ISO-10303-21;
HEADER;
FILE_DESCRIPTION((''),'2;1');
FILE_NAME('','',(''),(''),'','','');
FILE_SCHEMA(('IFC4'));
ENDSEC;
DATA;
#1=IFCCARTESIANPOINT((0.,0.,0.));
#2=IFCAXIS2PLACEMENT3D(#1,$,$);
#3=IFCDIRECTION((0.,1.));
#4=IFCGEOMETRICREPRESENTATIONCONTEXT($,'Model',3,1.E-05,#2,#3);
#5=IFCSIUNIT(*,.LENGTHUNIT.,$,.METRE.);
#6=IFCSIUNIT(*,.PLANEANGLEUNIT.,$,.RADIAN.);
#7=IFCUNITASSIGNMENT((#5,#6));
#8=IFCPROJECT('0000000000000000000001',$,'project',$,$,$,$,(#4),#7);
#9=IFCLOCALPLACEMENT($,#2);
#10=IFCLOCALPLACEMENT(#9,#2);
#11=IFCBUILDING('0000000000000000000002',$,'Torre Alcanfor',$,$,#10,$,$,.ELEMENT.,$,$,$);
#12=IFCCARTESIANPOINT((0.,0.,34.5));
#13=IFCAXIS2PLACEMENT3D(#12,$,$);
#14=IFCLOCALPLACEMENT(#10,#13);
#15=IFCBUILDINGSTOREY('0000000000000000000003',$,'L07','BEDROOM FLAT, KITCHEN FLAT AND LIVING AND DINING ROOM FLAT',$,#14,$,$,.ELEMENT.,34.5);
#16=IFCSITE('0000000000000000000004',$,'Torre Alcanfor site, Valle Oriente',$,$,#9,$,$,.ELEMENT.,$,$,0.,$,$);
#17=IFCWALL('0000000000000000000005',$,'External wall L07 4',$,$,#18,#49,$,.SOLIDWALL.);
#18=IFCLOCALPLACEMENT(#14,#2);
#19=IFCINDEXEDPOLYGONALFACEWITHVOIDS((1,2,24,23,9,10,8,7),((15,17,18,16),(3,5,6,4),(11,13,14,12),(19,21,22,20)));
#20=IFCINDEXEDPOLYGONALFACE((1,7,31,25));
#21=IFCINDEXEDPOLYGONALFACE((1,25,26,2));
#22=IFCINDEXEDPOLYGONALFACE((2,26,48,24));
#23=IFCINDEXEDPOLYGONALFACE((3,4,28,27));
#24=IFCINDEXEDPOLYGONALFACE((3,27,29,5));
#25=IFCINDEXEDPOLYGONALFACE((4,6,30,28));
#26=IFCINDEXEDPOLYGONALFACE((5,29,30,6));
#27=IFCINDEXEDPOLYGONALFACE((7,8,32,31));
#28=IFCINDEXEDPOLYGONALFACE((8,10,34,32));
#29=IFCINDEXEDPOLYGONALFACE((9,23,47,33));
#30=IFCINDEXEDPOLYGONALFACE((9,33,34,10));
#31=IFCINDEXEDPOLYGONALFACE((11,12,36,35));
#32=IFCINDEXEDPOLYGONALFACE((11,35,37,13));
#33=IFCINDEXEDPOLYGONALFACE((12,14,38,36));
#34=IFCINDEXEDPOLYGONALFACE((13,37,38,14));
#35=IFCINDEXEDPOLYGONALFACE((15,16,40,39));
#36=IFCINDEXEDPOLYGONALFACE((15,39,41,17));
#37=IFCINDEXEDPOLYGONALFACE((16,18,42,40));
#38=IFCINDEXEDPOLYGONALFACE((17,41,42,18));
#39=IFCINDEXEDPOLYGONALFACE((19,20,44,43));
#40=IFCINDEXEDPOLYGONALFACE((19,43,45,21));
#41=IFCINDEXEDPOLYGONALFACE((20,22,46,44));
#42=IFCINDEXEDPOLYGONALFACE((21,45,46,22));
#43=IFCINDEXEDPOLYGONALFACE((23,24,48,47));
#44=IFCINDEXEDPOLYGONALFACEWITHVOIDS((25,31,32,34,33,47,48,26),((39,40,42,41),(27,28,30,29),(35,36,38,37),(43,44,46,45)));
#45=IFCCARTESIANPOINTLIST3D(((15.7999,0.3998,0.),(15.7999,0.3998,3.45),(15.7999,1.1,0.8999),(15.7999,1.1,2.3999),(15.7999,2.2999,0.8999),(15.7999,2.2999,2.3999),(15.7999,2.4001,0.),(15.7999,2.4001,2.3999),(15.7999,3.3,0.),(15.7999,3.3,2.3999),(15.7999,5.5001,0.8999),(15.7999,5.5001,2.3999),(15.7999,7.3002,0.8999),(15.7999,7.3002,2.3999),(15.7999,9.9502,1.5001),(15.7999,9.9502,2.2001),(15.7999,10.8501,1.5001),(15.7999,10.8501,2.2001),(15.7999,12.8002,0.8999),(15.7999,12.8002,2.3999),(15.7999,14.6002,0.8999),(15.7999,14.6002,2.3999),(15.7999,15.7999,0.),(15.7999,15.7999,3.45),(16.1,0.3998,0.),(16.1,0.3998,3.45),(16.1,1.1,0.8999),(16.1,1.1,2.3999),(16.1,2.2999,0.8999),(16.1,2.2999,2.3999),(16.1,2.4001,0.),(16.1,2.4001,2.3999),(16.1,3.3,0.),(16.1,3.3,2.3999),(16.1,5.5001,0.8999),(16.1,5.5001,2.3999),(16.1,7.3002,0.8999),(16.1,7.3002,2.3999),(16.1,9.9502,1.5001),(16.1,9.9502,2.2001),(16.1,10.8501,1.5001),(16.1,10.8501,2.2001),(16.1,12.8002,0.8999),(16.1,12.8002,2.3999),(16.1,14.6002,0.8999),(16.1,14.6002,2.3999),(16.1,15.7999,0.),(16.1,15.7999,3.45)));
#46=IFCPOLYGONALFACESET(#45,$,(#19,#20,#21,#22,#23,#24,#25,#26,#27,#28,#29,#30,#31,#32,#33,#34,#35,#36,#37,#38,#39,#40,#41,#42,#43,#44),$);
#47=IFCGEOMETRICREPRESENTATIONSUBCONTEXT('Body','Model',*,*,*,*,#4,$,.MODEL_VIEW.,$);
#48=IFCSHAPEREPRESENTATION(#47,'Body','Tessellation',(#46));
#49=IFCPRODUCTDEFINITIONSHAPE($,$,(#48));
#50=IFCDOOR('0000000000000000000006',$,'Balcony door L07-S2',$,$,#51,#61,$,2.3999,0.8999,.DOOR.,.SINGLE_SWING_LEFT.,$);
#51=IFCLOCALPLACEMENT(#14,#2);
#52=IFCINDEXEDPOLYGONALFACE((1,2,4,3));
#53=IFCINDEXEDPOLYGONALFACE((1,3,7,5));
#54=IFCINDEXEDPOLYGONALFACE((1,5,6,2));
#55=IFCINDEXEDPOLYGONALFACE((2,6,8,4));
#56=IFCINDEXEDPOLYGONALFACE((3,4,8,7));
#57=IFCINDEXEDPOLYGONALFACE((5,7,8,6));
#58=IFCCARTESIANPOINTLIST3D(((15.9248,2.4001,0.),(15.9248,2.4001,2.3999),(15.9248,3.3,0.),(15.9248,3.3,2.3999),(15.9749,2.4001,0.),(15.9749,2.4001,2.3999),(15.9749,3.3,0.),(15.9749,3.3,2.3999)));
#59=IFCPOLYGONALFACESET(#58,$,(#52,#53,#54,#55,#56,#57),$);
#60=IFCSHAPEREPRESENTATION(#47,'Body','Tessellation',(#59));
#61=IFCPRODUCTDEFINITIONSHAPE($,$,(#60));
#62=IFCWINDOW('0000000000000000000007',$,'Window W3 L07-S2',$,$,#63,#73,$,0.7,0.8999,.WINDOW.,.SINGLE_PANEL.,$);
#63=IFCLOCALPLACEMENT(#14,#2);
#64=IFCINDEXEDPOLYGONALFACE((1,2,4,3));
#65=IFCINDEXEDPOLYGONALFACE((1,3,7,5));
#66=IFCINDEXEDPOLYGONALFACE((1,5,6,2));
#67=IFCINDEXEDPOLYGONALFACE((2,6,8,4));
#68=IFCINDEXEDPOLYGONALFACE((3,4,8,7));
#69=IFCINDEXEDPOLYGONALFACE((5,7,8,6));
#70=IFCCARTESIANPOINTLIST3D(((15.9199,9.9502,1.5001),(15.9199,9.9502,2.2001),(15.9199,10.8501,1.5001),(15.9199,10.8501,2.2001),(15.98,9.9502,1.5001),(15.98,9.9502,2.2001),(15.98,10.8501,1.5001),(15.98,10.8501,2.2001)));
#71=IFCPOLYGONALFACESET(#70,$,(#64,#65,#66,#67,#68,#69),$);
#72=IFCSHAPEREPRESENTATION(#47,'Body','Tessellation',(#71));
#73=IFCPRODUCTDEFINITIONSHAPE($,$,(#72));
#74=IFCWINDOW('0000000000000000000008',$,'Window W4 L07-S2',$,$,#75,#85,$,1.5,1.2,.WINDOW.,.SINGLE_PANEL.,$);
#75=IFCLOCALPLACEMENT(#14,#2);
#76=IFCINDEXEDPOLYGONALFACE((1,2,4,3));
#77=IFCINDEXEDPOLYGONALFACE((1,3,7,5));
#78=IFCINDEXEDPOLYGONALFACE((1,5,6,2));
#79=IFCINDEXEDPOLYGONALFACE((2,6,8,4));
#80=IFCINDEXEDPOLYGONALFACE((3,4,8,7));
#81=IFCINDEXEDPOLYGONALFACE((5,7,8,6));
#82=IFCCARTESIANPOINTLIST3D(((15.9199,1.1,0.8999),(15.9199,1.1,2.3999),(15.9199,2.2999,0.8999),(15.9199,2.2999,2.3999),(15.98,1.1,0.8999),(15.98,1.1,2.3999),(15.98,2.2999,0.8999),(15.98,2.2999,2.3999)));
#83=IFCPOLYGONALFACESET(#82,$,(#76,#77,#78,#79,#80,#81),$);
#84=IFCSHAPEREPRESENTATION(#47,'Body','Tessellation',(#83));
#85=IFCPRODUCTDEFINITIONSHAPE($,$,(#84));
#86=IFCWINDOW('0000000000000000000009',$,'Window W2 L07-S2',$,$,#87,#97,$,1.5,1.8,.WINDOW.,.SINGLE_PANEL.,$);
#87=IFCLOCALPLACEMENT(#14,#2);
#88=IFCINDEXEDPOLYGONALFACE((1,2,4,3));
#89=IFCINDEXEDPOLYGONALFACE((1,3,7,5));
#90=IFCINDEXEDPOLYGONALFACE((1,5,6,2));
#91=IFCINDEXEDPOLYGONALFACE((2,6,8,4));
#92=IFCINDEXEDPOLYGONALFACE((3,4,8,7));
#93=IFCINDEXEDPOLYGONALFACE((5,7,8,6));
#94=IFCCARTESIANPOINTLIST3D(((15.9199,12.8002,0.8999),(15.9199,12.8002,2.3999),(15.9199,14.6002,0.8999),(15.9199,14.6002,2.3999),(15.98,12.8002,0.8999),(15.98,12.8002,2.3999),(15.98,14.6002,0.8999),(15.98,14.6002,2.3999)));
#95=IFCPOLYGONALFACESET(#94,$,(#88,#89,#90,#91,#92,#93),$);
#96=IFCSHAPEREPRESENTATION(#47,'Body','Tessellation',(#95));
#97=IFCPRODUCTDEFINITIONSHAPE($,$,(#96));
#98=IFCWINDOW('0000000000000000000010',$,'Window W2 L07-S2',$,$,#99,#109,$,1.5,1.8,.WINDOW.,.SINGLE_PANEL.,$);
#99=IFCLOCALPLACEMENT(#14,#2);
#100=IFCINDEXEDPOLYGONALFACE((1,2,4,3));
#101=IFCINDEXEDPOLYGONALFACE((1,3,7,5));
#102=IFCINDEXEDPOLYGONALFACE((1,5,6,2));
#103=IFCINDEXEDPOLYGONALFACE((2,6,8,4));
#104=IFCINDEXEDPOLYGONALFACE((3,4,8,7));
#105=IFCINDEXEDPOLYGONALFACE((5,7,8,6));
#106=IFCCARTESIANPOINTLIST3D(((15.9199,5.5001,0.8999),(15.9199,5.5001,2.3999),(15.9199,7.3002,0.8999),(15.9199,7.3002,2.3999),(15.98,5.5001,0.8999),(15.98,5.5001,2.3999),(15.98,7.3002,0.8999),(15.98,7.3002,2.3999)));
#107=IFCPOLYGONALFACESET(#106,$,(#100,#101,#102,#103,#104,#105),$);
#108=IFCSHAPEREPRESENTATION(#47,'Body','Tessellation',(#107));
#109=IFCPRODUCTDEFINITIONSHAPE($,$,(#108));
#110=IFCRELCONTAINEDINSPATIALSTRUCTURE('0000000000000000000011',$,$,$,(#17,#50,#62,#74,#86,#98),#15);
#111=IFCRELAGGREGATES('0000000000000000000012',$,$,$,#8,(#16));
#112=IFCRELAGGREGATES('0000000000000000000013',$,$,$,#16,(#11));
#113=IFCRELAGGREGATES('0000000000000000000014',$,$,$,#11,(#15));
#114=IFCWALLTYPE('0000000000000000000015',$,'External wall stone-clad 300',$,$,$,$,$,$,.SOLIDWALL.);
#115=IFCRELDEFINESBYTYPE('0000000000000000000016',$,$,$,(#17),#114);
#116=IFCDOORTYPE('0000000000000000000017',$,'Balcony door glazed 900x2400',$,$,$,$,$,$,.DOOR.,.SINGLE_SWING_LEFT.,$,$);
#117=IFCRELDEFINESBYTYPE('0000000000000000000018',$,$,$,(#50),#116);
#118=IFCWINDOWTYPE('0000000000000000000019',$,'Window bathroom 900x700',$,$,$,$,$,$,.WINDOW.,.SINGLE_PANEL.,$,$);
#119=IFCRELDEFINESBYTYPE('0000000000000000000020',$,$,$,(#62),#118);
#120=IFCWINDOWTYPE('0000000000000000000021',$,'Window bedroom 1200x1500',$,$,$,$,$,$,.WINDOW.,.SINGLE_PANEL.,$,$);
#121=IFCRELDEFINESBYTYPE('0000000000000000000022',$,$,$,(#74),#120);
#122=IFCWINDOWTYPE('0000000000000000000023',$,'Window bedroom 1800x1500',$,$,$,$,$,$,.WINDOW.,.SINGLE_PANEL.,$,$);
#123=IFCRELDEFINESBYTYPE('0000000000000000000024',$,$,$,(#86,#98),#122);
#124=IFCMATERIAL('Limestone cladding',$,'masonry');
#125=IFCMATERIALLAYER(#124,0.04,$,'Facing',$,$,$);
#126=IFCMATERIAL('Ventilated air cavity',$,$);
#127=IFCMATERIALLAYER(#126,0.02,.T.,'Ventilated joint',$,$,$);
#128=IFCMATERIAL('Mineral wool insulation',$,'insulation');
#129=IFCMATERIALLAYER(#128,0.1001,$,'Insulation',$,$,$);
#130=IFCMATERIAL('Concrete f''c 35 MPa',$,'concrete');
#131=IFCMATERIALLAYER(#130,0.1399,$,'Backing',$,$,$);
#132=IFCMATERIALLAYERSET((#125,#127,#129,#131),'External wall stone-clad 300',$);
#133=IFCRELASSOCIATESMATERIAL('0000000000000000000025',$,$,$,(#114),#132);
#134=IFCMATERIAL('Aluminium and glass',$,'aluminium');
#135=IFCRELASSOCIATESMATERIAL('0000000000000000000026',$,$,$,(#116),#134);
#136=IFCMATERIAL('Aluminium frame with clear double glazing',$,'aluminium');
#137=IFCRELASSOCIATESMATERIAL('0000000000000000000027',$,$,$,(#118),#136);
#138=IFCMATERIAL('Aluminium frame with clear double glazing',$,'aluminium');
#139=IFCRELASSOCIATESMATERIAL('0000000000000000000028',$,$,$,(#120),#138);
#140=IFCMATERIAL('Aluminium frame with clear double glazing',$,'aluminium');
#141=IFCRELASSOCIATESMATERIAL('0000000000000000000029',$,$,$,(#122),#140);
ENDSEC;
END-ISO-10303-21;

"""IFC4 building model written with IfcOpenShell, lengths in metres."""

from ifc_helpers import new_model, si_unit, direction, frame, frame_2d, origin, place, context, subcontext, project, spatial, rectangle, extrude, material, layer, layer_set, type_object, element, fill, save


model = new_model("IFC4")

# Units and contexts
model_context = context("Model", 3, precision=1e-05, world=origin(), true_north=direction((0.0, 1.0)))
body_context = subcontext(model_context, "Body", "Model", "MODEL_VIEW")
ifc_project = project(units=[si_unit("LENGTHUNIT", "METRE"), si_unit("PLANEANGLEUNIT", "RADIAN")], contexts=[model_context])

# Site, building, storey
site_placement = place(None, origin())
site = spatial("IfcSite", under=ifc_project, at=site_placement, Name="Torre Alcanfor site, Valle Oriente", CompositionType="ELEMENT", RefElevation=0.0)
building_placement = place(site_placement, origin())
building = spatial("IfcBuilding", under=site, at=building_placement, Name="Torre Alcanfor", CompositionType="ELEMENT")
storey_placement = place(building_placement, frame((0.0, 0.0, 34.5)))
storey = spatial("IfcBuildingStorey", under=building, at=storey_placement, Name="L07", Description="BEDROOM FLAT, KITCHEN FLAT AND LIVING AND DINING ROOM FLAT", CompositionType="ELEMENT", Elevation=34.5)

# Wall, openings, door, windows
ifc_material_1 = material(Name="Limestone cladding", Category="masonry")
ifc_layer_1 = layer(ifc_material_1, 0.04, Name="Facing")
ifc_material_2 = material(Name="Ventilated air cavity")
ifc_layer_2 = layer(ifc_material_2, 0.02, ventilated=True, Name="Ventilated joint")
ifc_material_3 = material(Name="Mineral wool insulation", Category="insulation")
ifc_layer_3 = layer(ifc_material_3, 0.1001, Name="Insulation")
ifc_material_4 = material(Name="Concrete f'c 35 MPa", Category="concrete")
ifc_layer_4 = layer(ifc_material_4, 0.1399, Name="Backing")
ifc_layer_set_1 = layer_set([ifc_layer_1, ifc_layer_2, ifc_layer_3, ifc_layer_4], Name="External wall stone-clad 300")
wall_type_1 = type_object("IfcWallType", Name="External wall stone-clad 300", PredefinedType="SOLIDWALL", material=ifc_layer_set_1)
ifc_material_5 = material(Name="Aluminium and glass", Category="aluminium")
door_type = type_object("IfcDoorType", Name="Balcony door glazed 900x2400", OperationType="SINGLE_SWING_LEFT", PredefinedType="DOOR", material=ifc_material_5)
ifc_material_6 = material(Name="Aluminium frame with clear double glazing", Category="aluminium")
window_type_1 = type_object("IfcWindowType", Name="Window bathroom 900x700", PartitioningType="SINGLE_PANEL", PredefinedType="WINDOW", material=ifc_material_6)
ifc_material_7 = material(Name="Aluminium frame with clear double glazing", Category="aluminium")
window_type_2 = type_object("IfcWindowType", Name="Window bedroom 1200x1500", PartitioningType="SINGLE_PANEL", PredefinedType="WINDOW", material=ifc_material_7)
ifc_material_8 = material(Name="Aluminium frame with clear double glazing", Category="aluminium")
window_type_3 = type_object("IfcWindowType", Name="Window bedroom 1800x1500", PartitioningType="SINGLE_PANEL", PredefinedType="WINDOW", material=ifc_material_8)
wall_1_placement = place(storey_placement, frame((15.95, 15.8, 0.0), z_axis=(0.0, 0.0, 1.0), x_axis=(0.0, -1.0, 0.0)))
wall_1 = element("IfcWall", 1, at=wall_1_placement, inside=storey, type_object=wall_type_1, Name="External wall L07 4", PredefinedType="SOLIDWALL", context=body_context, shape_type="SweptSolid", body=[
    extrude(rectangle(XDim=15.4001, YDim=0.3, at=frame_2d((7.7002, 0.0))), origin(), (0.0, 0.0, 1.0), 3.45),
])
opening_1_placement = place(wall_1_placement, frame((1.2, 0.0, 0.8999)))
opening_1 = element("IfcOpeningElement", 2, at=opening_1_placement, cuts=wall_1, PredefinedType="OPENING", context=body_context, shape_type="SweptSolid", body=[
    extrude(rectangle(XDim=1.8, YDim=1.5, at=frame_2d((0.8999, 0.75))), frame((0.0, 0.1599, 0.0), z_axis=(0.0, -1.0, 0.0), x_axis=(1.0, 0.0, 0.0)), (0.0, 0.0, 1.0), 0.3201),
])
opening_2_placement = place(wall_1_placement, frame((4.95, 0.0, 1.5)))
opening_2 = element("IfcOpeningElement", 3, at=opening_2_placement, cuts=wall_1, PredefinedType="OPENING", context=body_context, shape_type="SweptSolid", body=[
    extrude(rectangle(XDim=0.8999, YDim=0.7, at=frame_2d((0.45, 0.3501))), frame((0.0, 0.1599, 0.0), z_axis=(0.0, -1.0, 0.0), x_axis=(1.0, 0.0, 0.0)), (0.0, 0.0, 1.0), 0.3201),
])
opening_3_placement = place(wall_1_placement, frame((8.5, 0.0, 0.8999)))
opening_3 = element("IfcOpeningElement", 4, at=opening_3_placement, cuts=wall_1, PredefinedType="OPENING", context=body_context, shape_type="SweptSolid", body=[
    extrude(rectangle(XDim=1.8, YDim=1.5, at=frame_2d((0.8999, 0.75))), frame((0.0, 0.1599, 0.0), z_axis=(0.0, -1.0, 0.0), x_axis=(1.0, 0.0, 0.0)), (0.0, 0.0, 1.0), 0.3201),
])
opening_4_placement = place(wall_1_placement, frame((12.5, 0.0, 0.0)))
opening_4 = element("IfcOpeningElement", 5, at=opening_4_placement, cuts=wall_1, PredefinedType="OPENING", context=body_context, shape_type="SweptSolid", body=[
    extrude(rectangle(XDim=0.8999, YDim=2.3999, at=frame_2d((0.45, 1.2))), frame((0.0, 0.1599, 0.0), z_axis=(0.0, -1.0, 0.0), x_axis=(1.0, 0.0, 0.0)), (0.0, 0.0, 1.0), 0.3201),
])
opening_5_placement = place(wall_1_placement, frame((13.5, 0.0, 0.8999)))
opening_5 = element("IfcOpeningElement", 6, at=opening_5_placement, cuts=wall_1, PredefinedType="OPENING", context=body_context, shape_type="SweptSolid", body=[
    extrude(rectangle(XDim=1.2, YDim=1.5, at=frame_2d((0.6001, 0.75))), frame((0.0, 0.1599, 0.0), z_axis=(0.0, -1.0, 0.0), x_axis=(1.0, 0.0, 0.0)), (0.0, 0.0, 1.0), 0.3201),
])
door_1_placement = place(opening_4_placement, origin())
door_1 = element("IfcDoor", 7, at=door_1_placement, inside=storey, type_object=door_type, Name="Balcony door L07-S2", OperationType="SINGLE_SWING_LEFT", OverallHeight=2.3999, OverallWidth=0.8999, PredefinedType="DOOR", context=body_context, shape_type="SweptSolid", body=[
    extrude(rectangle(XDim=0.8999, YDim=2.3999, at=frame_2d((0.45, 1.2))), frame((0.0, 0.0249, 0.0), z_axis=(0.0, -1.0, 0.0), x_axis=(1.0, 0.0, 0.0)), (0.0, 0.0, 1.0), 0.05),
])
fill(opening_4, door_1)
window_1_placement = place(opening_2_placement, origin())
window_1 = element("IfcWindow", 8, at=window_1_placement, inside=storey, type_object=window_type_1, Name="Window W3 L07-S2", OverallHeight=0.7, OverallWidth=0.8999, PartitioningType="SINGLE_PANEL", PredefinedType="WINDOW", context=body_context, shape_type="SweptSolid", body=[
    extrude(rectangle(XDim=0.8999, YDim=0.7, at=frame_2d((0.45, 0.3501))), frame((0.0, 0.03, 0.0), z_axis=(0.0, -1.0, 0.0), x_axis=(1.0, 0.0, 0.0)), (0.0, 0.0, 1.0), 0.0601),
])
fill(opening_2, window_1)
window_2_placement = place(opening_5_placement, origin())
window_2 = element("IfcWindow", 9, at=window_2_placement, inside=storey, type_object=window_type_2, Name="Window W4 L07-S2", OverallHeight=1.5, OverallWidth=1.2, PartitioningType="SINGLE_PANEL", PredefinedType="WINDOW", context=body_context, shape_type="SweptSolid", body=[
    extrude(rectangle(XDim=1.2, YDim=1.5, at=frame_2d((0.6001, 0.75))), frame((0.0, 0.03, 0.0), z_axis=(0.0, -1.0, 0.0), x_axis=(1.0, 0.0, 0.0)), (0.0, 0.0, 1.0), 0.0601),
])
fill(opening_5, window_2)
window_3_placement = place(opening_1_placement, origin())
window_3 = element("IfcWindow", 10, at=window_3_placement, inside=storey, type_object=window_type_3, Name="Window W2 L07-S2", OverallHeight=1.5, OverallWidth=1.8, PartitioningType="SINGLE_PANEL", PredefinedType="WINDOW", context=body_context, shape_type="SweptSolid", body=[
    extrude(rectangle(XDim=1.8, YDim=1.5, at=frame_2d((0.8999, 0.75))), frame((0.0, 0.03, 0.0), z_axis=(0.0, -1.0, 0.0), x_axis=(1.0, 0.0, 0.0)), (0.0, 0.0, 1.0), 0.0601),
])
fill(opening_1, window_3)
window_4_placement = place(opening_3_placement, origin())
window_4 = element("IfcWindow", 11, at=window_4_placement, inside=storey, type_object=window_type_3, Name="Window W2 L07-S2", OverallHeight=1.5, OverallWidth=1.8, PartitioningType="SINGLE_PANEL", PredefinedType="WINDOW", context=body_context, shape_type="SweptSolid", body=[
    extrude(rectangle(XDim=1.8, YDim=1.5, at=frame_2d((0.8999, 0.75))), frame((0.0, 0.03, 0.0), z_axis=(0.0, -1.0, 0.0), x_axis=(1.0, 0.0, 0.0)), (0.0, 0.0, 1.0), 0.0601),
])
fill(opening_3, window_4)

save(model, "model.ifc")
